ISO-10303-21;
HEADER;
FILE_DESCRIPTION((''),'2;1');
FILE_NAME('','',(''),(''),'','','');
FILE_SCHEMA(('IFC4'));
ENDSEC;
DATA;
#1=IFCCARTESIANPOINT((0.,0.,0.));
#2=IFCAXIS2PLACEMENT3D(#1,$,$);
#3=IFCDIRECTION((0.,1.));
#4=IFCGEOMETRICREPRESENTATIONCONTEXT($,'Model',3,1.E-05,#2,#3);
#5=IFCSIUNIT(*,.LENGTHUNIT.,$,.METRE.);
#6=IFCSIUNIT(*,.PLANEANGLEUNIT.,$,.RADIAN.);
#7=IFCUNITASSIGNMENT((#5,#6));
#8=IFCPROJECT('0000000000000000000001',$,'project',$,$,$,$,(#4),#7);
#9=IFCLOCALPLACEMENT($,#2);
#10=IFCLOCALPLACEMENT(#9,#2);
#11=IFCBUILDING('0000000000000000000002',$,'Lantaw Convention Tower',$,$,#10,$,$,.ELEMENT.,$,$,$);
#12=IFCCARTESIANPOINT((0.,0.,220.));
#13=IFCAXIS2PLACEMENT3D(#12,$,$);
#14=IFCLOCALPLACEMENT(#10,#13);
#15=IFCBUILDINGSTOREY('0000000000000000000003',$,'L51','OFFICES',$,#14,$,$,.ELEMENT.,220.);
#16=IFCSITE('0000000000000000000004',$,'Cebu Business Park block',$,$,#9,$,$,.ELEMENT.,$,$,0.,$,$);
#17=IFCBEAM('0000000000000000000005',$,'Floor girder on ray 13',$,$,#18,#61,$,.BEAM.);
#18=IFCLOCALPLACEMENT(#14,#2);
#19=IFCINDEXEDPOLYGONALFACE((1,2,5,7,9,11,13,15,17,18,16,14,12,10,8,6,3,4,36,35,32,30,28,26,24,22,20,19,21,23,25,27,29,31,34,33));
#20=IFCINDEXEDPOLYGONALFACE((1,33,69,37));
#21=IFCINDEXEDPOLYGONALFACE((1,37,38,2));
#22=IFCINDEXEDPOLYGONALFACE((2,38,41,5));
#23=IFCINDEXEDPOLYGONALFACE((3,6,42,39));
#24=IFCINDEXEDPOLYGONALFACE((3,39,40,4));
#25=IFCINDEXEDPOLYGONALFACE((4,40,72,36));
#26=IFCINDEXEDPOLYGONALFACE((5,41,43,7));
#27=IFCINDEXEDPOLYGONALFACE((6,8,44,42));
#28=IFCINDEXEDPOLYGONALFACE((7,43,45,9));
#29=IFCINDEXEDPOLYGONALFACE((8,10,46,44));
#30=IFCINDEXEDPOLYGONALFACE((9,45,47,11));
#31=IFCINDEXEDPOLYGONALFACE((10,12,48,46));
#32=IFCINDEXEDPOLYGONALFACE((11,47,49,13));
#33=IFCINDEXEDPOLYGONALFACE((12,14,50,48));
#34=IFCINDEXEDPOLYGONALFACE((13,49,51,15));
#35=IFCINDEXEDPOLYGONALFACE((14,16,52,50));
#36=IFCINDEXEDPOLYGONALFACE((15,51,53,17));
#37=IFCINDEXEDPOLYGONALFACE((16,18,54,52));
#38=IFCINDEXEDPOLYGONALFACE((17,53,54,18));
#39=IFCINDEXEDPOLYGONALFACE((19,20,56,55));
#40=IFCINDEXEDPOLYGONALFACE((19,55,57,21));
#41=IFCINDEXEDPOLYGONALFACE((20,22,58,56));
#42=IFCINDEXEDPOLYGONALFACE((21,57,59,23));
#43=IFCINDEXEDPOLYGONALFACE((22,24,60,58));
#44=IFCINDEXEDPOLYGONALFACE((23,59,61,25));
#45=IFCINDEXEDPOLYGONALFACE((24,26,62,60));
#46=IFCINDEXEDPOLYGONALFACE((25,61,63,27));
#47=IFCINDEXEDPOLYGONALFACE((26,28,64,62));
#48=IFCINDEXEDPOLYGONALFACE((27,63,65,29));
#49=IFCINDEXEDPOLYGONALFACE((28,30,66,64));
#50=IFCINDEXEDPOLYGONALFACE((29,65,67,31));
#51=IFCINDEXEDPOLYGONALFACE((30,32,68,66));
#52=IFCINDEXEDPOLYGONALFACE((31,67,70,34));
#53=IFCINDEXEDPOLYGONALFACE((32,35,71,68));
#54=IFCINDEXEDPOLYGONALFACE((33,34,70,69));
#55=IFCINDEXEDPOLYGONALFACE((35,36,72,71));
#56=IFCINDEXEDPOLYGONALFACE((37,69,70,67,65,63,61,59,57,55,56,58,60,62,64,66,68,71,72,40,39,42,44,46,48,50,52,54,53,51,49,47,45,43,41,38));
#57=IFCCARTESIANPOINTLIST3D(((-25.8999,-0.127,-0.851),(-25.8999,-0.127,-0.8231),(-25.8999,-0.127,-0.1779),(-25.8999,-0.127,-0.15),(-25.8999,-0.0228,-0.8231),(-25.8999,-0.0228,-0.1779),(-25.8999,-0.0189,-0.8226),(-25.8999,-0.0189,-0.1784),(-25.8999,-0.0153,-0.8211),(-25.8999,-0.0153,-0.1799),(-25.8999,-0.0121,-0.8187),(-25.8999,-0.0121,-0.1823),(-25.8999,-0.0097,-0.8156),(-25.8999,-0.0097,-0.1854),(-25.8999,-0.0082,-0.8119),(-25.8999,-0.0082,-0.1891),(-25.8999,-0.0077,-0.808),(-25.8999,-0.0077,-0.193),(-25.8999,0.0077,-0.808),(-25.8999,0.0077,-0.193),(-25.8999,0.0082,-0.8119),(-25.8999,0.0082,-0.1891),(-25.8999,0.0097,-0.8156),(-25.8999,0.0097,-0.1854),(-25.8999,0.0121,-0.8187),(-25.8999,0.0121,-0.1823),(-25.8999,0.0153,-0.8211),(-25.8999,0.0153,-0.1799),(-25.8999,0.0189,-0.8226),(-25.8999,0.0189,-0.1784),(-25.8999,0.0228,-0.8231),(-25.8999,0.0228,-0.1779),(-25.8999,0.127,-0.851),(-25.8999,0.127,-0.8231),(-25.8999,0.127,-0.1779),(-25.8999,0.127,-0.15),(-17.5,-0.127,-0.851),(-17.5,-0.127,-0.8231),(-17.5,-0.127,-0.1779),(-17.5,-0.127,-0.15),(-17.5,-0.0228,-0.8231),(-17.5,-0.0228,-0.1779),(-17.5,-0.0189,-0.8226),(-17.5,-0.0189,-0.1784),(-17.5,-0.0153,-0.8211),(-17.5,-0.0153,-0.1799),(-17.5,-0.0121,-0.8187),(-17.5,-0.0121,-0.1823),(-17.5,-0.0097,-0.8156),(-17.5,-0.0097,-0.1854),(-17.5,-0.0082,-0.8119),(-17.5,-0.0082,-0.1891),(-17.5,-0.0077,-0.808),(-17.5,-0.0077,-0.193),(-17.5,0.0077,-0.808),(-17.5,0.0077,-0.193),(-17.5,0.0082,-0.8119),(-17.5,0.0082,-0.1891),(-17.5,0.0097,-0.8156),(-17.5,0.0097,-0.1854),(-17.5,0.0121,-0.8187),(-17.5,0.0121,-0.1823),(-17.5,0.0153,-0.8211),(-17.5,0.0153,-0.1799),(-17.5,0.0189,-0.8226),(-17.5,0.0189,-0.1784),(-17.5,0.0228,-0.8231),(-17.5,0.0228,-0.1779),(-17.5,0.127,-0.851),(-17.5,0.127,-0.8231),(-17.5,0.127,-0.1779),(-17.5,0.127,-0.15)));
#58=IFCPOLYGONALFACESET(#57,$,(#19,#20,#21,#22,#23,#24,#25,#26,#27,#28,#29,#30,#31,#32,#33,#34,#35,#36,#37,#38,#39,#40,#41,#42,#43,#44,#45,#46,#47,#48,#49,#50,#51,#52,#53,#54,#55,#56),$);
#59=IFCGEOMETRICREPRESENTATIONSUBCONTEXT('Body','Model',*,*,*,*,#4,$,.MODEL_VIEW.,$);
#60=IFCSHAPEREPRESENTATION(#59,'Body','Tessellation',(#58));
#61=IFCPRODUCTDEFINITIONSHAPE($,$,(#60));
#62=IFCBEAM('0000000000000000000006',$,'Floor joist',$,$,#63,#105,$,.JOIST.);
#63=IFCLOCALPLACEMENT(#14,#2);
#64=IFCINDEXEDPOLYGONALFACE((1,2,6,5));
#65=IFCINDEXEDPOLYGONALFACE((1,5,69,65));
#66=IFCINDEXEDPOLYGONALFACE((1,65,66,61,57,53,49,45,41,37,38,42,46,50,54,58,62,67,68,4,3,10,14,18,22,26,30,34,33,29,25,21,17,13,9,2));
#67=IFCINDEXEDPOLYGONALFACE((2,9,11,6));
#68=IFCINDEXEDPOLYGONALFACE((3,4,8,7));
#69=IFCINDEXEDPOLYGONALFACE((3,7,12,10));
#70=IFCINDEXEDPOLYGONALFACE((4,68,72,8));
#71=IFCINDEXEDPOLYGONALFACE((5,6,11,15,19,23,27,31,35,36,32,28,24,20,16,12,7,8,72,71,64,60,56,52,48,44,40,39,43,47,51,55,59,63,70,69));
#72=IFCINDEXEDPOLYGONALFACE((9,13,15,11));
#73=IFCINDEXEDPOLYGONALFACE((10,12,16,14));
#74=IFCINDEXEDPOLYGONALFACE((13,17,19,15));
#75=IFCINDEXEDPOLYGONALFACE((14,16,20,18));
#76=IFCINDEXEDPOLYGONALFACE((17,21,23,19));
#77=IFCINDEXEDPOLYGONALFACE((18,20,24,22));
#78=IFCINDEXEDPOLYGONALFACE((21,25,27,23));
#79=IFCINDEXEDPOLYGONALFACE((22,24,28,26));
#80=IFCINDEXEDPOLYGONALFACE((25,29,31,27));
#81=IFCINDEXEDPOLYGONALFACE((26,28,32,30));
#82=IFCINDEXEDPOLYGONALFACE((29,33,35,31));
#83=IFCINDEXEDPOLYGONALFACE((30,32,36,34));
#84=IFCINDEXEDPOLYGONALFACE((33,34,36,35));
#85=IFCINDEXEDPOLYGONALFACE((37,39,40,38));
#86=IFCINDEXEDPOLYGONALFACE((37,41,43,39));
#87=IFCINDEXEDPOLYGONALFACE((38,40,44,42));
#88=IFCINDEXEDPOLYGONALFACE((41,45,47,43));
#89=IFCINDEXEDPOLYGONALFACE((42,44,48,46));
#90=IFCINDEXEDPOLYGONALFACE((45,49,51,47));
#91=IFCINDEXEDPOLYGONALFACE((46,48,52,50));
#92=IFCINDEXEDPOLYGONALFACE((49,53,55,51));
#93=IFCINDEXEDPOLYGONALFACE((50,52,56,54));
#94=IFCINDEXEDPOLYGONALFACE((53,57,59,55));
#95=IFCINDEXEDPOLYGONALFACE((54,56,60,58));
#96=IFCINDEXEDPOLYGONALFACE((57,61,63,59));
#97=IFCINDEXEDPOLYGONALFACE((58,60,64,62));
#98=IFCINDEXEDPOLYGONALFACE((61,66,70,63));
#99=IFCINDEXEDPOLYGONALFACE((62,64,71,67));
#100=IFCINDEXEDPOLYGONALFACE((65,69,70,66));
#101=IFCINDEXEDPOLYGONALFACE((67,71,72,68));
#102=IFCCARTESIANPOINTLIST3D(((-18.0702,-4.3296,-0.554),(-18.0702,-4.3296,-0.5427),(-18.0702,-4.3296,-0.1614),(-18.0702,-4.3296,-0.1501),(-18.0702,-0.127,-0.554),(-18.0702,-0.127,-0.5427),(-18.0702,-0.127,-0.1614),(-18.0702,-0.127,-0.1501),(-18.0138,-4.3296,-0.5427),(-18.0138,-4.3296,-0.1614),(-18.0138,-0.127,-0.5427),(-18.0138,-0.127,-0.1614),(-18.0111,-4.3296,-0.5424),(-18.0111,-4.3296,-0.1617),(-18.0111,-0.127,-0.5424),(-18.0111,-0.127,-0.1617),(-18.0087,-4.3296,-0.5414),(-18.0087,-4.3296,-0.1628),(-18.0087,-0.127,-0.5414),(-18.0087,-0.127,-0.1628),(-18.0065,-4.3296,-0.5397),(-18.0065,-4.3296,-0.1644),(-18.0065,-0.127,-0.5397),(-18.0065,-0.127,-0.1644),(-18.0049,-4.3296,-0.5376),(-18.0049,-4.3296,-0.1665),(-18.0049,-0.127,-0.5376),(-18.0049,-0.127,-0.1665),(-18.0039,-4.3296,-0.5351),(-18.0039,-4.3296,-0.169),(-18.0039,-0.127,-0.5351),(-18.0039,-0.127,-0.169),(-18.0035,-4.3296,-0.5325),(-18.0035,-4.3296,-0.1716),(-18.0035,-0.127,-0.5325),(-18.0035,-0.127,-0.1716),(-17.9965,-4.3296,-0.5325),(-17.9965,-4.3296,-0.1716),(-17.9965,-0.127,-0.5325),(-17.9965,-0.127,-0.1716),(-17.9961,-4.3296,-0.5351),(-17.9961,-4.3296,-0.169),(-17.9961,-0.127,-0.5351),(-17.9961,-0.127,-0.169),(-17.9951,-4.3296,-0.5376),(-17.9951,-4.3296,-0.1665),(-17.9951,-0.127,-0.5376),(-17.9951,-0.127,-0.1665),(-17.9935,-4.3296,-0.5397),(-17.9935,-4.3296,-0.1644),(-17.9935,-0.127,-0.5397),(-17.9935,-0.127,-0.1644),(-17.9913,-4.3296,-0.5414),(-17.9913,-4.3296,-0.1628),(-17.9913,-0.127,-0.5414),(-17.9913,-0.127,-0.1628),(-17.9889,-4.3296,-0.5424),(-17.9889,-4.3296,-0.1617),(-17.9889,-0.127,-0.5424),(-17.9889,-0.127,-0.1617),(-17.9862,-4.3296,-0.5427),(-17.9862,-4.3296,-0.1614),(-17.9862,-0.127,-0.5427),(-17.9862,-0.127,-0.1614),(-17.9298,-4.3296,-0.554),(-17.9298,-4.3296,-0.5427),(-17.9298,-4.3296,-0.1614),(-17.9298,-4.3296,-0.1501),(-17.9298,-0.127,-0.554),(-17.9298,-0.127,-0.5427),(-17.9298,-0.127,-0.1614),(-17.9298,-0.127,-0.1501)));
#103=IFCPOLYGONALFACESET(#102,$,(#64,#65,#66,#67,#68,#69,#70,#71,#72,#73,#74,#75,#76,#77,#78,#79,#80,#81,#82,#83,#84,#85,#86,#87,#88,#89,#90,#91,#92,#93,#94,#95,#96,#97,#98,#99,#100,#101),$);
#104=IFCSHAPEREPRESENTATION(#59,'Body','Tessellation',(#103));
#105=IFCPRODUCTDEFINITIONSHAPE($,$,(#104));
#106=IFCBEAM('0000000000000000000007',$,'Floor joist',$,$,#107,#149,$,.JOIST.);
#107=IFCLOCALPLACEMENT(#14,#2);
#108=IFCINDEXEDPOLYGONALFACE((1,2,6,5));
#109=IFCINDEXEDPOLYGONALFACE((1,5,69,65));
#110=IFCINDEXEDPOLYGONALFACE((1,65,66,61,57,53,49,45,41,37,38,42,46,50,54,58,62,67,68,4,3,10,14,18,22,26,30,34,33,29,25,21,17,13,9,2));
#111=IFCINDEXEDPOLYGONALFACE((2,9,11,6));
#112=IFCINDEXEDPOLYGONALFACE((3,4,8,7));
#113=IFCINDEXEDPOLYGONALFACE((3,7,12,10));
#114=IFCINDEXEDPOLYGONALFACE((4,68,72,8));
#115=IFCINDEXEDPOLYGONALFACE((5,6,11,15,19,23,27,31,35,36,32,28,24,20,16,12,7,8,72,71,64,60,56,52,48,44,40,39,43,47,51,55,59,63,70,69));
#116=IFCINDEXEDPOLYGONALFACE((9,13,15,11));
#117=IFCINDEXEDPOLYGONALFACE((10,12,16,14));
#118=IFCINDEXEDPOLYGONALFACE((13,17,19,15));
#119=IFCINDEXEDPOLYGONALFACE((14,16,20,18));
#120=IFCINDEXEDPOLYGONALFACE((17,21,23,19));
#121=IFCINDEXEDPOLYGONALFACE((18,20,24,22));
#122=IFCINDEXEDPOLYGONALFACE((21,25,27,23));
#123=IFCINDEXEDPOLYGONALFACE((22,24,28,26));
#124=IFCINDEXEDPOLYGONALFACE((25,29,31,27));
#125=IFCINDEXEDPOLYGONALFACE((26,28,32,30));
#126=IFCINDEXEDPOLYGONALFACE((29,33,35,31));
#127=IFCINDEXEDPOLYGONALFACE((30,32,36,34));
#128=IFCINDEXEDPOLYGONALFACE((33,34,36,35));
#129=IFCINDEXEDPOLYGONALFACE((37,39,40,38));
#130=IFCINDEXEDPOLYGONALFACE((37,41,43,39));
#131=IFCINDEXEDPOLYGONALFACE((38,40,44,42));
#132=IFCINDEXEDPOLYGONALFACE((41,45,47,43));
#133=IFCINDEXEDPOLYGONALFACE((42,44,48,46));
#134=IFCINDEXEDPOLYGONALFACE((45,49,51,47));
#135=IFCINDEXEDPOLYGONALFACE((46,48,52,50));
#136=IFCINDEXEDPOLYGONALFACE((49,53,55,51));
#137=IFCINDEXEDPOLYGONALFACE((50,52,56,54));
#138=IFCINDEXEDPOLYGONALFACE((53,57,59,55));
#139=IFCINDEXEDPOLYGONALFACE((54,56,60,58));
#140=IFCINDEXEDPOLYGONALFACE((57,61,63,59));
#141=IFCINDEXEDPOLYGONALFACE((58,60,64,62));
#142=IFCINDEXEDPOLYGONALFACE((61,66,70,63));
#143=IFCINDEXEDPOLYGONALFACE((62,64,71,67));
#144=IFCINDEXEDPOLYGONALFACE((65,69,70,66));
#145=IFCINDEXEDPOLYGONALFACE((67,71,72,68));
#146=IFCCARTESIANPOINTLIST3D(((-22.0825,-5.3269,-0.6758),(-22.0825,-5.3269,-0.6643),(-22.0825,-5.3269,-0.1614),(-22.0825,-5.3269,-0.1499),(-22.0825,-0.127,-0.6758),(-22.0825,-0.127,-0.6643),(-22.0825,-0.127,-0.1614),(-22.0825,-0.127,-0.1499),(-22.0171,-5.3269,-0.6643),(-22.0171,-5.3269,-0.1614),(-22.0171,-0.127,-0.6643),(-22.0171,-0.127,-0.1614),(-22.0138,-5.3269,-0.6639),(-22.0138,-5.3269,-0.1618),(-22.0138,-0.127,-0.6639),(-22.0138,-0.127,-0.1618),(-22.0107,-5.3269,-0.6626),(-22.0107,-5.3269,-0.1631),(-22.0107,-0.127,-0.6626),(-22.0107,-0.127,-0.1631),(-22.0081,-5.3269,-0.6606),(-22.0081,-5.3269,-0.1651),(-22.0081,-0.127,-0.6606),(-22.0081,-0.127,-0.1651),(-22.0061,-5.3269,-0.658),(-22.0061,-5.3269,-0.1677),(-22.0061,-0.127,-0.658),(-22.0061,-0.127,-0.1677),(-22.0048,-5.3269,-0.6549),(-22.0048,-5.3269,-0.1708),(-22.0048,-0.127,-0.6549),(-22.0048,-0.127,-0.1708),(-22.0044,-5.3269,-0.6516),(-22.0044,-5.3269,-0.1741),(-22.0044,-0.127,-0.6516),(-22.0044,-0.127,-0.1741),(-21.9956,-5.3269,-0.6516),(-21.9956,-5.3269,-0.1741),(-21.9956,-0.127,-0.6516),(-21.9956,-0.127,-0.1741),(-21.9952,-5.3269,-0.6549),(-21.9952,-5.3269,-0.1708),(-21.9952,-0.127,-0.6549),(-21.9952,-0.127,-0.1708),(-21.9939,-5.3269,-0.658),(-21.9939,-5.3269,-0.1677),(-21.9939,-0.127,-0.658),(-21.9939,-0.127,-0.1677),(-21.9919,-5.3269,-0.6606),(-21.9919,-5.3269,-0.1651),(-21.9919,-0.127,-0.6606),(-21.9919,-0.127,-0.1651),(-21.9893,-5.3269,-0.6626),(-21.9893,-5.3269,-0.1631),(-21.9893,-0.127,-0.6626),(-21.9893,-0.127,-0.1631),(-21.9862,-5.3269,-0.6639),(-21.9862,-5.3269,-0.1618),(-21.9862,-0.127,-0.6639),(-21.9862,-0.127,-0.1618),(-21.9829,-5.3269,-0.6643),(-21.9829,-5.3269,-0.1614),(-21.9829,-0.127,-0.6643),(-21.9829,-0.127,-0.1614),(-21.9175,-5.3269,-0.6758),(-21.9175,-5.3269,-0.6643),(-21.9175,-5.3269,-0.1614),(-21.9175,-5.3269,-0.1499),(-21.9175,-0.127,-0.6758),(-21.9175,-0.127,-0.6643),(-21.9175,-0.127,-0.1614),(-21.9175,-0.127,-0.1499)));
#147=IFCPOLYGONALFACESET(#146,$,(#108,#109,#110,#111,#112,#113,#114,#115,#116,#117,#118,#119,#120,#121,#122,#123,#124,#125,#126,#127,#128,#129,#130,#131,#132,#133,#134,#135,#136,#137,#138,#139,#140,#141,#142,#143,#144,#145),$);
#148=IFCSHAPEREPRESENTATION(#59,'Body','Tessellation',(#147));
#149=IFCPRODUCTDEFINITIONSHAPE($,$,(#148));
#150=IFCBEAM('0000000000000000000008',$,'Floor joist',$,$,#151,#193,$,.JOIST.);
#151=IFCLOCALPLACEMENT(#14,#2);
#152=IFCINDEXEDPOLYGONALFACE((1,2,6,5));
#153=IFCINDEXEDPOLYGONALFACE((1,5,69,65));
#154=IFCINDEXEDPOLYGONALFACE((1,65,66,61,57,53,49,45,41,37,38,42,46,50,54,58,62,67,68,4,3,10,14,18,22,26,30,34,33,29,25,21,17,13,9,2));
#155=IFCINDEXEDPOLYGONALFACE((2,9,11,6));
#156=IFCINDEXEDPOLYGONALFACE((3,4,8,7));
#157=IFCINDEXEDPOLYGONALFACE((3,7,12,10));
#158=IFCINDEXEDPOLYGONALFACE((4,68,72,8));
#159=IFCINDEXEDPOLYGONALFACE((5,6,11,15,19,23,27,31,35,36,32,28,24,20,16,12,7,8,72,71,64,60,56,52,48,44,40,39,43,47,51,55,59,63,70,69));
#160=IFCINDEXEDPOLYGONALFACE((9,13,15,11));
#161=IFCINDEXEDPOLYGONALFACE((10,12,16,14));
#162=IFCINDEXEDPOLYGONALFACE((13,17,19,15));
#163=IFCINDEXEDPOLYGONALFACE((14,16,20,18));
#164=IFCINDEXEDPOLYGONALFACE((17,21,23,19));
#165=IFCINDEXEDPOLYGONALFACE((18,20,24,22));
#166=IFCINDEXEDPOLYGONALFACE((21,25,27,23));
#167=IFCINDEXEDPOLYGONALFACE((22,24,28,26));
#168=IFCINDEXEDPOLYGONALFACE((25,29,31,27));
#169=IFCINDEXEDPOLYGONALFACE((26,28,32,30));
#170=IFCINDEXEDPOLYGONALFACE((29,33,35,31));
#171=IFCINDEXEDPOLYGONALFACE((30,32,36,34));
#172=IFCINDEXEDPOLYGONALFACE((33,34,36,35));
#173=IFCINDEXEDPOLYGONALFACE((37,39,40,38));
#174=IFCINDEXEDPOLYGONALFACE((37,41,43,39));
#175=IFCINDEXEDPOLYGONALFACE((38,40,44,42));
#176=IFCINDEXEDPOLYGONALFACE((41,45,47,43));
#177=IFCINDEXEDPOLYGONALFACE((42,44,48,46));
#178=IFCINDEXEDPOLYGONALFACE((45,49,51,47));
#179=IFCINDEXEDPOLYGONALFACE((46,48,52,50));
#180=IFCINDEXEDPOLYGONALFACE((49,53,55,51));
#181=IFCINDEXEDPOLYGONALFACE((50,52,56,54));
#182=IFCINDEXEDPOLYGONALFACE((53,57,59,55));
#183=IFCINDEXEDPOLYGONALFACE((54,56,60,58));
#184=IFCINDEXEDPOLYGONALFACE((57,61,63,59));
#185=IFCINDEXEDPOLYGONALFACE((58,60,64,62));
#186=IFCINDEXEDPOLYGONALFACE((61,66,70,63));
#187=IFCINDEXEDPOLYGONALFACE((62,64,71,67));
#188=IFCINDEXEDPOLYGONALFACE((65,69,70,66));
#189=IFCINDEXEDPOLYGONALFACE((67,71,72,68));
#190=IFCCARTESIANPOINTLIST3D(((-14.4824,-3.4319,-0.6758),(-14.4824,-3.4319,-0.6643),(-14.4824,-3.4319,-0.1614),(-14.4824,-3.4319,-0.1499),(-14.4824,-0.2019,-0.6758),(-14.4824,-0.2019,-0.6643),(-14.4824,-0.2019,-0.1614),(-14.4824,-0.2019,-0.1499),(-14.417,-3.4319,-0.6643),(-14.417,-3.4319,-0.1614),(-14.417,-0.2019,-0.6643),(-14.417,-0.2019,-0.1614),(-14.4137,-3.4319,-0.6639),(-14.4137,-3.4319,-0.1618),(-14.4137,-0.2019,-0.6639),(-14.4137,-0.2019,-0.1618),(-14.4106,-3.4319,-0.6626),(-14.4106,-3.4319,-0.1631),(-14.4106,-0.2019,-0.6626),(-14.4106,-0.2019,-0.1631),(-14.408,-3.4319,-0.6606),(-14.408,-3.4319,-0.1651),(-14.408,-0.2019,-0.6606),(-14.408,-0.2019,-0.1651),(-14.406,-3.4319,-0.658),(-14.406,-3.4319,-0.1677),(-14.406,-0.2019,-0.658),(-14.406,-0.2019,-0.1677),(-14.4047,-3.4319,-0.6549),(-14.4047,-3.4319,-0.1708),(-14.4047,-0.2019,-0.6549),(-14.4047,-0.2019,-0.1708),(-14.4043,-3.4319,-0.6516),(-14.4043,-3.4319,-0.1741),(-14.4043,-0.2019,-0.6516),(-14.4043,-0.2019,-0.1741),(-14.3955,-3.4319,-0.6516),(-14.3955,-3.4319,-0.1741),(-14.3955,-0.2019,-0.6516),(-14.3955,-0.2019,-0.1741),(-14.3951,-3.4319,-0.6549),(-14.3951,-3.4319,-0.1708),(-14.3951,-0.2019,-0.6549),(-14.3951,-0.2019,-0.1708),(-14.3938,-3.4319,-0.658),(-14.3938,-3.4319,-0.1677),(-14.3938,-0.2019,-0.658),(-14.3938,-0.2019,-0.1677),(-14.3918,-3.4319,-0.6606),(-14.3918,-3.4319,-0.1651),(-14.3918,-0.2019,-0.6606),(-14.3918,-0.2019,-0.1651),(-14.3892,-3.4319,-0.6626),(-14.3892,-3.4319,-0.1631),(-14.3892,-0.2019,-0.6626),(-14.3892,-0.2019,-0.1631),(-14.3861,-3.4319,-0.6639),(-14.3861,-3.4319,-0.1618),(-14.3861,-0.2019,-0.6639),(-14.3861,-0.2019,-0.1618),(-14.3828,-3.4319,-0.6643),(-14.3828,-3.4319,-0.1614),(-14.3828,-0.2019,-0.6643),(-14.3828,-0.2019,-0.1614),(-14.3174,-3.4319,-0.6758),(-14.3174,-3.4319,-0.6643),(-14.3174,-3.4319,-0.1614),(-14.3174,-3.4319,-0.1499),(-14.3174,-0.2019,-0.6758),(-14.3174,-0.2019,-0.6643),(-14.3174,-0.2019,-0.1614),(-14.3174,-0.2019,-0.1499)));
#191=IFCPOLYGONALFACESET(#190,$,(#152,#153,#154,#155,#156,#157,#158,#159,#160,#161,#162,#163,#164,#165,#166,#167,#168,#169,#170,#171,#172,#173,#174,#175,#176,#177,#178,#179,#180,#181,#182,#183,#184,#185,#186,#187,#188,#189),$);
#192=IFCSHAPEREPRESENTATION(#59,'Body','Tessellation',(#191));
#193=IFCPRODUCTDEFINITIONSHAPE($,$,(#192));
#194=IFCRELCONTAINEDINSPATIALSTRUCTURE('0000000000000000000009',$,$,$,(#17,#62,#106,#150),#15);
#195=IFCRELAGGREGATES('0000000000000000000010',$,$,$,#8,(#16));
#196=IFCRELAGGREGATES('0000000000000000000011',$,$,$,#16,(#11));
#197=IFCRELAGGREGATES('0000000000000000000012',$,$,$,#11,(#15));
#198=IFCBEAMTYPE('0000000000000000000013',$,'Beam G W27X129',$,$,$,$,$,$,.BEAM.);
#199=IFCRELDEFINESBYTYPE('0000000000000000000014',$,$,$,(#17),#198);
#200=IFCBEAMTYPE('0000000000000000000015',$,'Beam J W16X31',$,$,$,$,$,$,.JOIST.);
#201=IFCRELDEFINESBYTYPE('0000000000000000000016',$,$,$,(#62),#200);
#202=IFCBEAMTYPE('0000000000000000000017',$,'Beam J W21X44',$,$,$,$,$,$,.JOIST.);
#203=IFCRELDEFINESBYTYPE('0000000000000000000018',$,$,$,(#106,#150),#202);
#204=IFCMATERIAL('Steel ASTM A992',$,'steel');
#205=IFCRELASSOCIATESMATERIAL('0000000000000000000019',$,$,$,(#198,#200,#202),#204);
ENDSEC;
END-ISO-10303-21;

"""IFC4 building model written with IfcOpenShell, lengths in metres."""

from ifc_helpers import new_model, si_unit, direction, frame, origin, origin_2d, place, context, subcontext, project, spatial, i_section, extrude, material, material_profile, profile_set, type_object, element, save


model = new_model("IFC4")

# Units and contexts
model_context = context("Model", 3, precision=1e-05, world=origin(), true_north=direction((0.0, 1.0)))
body_context = subcontext(model_context, "Body", "Model", "MODEL_VIEW")
ifc_project = project(units=[si_unit("LENGTHUNIT", "METRE"), si_unit("PLANEANGLEUNIT", "RADIAN")], contexts=[model_context])

# Site, building, storey
site_placement = place(None, origin())
site = spatial("IfcSite", under=ifc_project, at=site_placement, Name="Cebu Business Park block", CompositionType="ELEMENT", RefElevation=0.0)
building_placement = place(site_placement, origin())
building = spatial("IfcBuilding", under=site, at=building_placement, Name="Lantaw Convention Tower", CompositionType="ELEMENT")
storey_placement = place(building_placement, frame((0.0, 0.0, 220.0)))
storey = spatial("IfcBuildingStorey", under=building, at=storey_placement, Name="L51", Description="OFFICES", CompositionType="ELEMENT", Elevation=220.0)

# Beams
ifc_material_1 = material(Name="Steel ASTM A992", Category="steel")
ifc_material_profile_1 = material_profile(ifc_material_1, i_section(OverallWidth=0.2539, OverallDepth=0.7009, WebThickness=0.0154, FlangeThickness=0.0278, FilletRadius=0.0151, at=origin_2d()), Name="W27X129")
ifc_profile_set_1 = profile_set([ifc_material_profile_1], Name="Steel ASTM A992")
beam_type_1 = type_object("IfcBeamType", Name="Beam G W27X129", PredefinedType="BEAM", material=ifc_profile_set_1)
beam_1_placement = place(storey_placement, frame((-17.5, 0.0, -0.5005), z_axis=(-1.0, 0.0, 0.0), x_axis=(0.0, -1.0, 0.0)))
element("IfcBeam", 1, at=beam_1_placement, inside=storey, type_object=beam_type_1, Name="Floor girder on ray 13", PredefinedType="BEAM", context=body_context, shape_type="SweptSolid", body=[
    extrude(i_section(OverallWidth=0.2539, OverallDepth=0.7009, WebThickness=0.0154, FlangeThickness=0.0278, FilletRadius=0.0151, at=origin_2d()), origin(), (0.0, 0.0, 1.0), 8.3999),
])
ifc_material_profile_2 = material_profile(ifc_material_1, i_section(OverallWidth=0.1404, OverallDepth=0.4038, WebThickness=0.0071, FlangeThickness=0.0112, FilletRadius=0.0103, at=origin_2d()), Name="W16X31")
ifc_profile_set_2 = profile_set([ifc_material_profile_2], Name="Steel ASTM A992")
beam_type_2 = type_object("IfcBeamType", Name="Beam J W16X31", PredefinedType="JOIST", material=ifc_profile_set_2)
beam_2_placement = place(storey_placement, frame((-18.0, -4.3296, -0.3521), z_axis=(0.0, 1.0, 0.0), x_axis=(-1.0, 0.0, 0.0)))
element("IfcBeam", 2, at=beam_2_placement, inside=storey, type_object=beam_type_2, Name="Floor joist", PredefinedType="JOIST", context=body_context, shape_type="SweptSolid", body=[
    extrude(i_section(OverallWidth=0.1404, OverallDepth=0.4038, WebThickness=0.0071, FlangeThickness=0.0112, FilletRadius=0.0103, at=origin_2d()), origin(), (0.0, 0.0, 1.0), 4.2026),
])
ifc_material_profile_3 = material_profile(ifc_material_1, i_section(OverallWidth=0.165, OverallDepth=0.5259, WebThickness=0.0088, FlangeThickness=0.0115, FilletRadius=0.0127, at=origin_2d()), Name="W21X44")
ifc_profile_set_3 = profile_set([ifc_material_profile_3], Name="Steel ASTM A992")
beam_type_3 = type_object("IfcBeamType", Name="Beam J W21X44", PredefinedType="JOIST", material=ifc_profile_set_3)
beam_3_placement = place(storey_placement, frame((-22.0, -5.3269, -0.4128), z_axis=(0.0, 1.0, 0.0), x_axis=(-1.0, 0.0, 0.0)))
element("IfcBeam", 3, at=beam_3_placement, inside=storey, type_object=beam_type_3, Name="Floor joist", PredefinedType="JOIST", context=body_context, shape_type="SweptSolid", body=[
    extrude(i_section(OverallWidth=0.165, OverallDepth=0.5259, WebThickness=0.0088, FlangeThickness=0.0115, FilletRadius=0.0127, at=origin_2d()), origin(), (0.0, 0.0, 1.0), 5.2),
])
beam_4_placement = place(storey_placement, frame((-14.3999, -3.4319, -0.4128), z_axis=(0.0, 1.0, 0.0), x_axis=(-1.0, 0.0, 0.0)))
element("IfcBeam", 4, at=beam_4_placement, inside=storey, type_object=beam_type_3, Name="Floor joist", PredefinedType="JOIST", context=body_context, shape_type="SweptSolid", body=[
    extrude(i_section(OverallWidth=0.165, OverallDepth=0.5259, WebThickness=0.0088, FlangeThickness=0.0115, FilletRadius=0.0127, at=origin_2d()), origin(), (0.0, 0.0, 1.0), 3.23),
])

save(model, "model.ifc")
